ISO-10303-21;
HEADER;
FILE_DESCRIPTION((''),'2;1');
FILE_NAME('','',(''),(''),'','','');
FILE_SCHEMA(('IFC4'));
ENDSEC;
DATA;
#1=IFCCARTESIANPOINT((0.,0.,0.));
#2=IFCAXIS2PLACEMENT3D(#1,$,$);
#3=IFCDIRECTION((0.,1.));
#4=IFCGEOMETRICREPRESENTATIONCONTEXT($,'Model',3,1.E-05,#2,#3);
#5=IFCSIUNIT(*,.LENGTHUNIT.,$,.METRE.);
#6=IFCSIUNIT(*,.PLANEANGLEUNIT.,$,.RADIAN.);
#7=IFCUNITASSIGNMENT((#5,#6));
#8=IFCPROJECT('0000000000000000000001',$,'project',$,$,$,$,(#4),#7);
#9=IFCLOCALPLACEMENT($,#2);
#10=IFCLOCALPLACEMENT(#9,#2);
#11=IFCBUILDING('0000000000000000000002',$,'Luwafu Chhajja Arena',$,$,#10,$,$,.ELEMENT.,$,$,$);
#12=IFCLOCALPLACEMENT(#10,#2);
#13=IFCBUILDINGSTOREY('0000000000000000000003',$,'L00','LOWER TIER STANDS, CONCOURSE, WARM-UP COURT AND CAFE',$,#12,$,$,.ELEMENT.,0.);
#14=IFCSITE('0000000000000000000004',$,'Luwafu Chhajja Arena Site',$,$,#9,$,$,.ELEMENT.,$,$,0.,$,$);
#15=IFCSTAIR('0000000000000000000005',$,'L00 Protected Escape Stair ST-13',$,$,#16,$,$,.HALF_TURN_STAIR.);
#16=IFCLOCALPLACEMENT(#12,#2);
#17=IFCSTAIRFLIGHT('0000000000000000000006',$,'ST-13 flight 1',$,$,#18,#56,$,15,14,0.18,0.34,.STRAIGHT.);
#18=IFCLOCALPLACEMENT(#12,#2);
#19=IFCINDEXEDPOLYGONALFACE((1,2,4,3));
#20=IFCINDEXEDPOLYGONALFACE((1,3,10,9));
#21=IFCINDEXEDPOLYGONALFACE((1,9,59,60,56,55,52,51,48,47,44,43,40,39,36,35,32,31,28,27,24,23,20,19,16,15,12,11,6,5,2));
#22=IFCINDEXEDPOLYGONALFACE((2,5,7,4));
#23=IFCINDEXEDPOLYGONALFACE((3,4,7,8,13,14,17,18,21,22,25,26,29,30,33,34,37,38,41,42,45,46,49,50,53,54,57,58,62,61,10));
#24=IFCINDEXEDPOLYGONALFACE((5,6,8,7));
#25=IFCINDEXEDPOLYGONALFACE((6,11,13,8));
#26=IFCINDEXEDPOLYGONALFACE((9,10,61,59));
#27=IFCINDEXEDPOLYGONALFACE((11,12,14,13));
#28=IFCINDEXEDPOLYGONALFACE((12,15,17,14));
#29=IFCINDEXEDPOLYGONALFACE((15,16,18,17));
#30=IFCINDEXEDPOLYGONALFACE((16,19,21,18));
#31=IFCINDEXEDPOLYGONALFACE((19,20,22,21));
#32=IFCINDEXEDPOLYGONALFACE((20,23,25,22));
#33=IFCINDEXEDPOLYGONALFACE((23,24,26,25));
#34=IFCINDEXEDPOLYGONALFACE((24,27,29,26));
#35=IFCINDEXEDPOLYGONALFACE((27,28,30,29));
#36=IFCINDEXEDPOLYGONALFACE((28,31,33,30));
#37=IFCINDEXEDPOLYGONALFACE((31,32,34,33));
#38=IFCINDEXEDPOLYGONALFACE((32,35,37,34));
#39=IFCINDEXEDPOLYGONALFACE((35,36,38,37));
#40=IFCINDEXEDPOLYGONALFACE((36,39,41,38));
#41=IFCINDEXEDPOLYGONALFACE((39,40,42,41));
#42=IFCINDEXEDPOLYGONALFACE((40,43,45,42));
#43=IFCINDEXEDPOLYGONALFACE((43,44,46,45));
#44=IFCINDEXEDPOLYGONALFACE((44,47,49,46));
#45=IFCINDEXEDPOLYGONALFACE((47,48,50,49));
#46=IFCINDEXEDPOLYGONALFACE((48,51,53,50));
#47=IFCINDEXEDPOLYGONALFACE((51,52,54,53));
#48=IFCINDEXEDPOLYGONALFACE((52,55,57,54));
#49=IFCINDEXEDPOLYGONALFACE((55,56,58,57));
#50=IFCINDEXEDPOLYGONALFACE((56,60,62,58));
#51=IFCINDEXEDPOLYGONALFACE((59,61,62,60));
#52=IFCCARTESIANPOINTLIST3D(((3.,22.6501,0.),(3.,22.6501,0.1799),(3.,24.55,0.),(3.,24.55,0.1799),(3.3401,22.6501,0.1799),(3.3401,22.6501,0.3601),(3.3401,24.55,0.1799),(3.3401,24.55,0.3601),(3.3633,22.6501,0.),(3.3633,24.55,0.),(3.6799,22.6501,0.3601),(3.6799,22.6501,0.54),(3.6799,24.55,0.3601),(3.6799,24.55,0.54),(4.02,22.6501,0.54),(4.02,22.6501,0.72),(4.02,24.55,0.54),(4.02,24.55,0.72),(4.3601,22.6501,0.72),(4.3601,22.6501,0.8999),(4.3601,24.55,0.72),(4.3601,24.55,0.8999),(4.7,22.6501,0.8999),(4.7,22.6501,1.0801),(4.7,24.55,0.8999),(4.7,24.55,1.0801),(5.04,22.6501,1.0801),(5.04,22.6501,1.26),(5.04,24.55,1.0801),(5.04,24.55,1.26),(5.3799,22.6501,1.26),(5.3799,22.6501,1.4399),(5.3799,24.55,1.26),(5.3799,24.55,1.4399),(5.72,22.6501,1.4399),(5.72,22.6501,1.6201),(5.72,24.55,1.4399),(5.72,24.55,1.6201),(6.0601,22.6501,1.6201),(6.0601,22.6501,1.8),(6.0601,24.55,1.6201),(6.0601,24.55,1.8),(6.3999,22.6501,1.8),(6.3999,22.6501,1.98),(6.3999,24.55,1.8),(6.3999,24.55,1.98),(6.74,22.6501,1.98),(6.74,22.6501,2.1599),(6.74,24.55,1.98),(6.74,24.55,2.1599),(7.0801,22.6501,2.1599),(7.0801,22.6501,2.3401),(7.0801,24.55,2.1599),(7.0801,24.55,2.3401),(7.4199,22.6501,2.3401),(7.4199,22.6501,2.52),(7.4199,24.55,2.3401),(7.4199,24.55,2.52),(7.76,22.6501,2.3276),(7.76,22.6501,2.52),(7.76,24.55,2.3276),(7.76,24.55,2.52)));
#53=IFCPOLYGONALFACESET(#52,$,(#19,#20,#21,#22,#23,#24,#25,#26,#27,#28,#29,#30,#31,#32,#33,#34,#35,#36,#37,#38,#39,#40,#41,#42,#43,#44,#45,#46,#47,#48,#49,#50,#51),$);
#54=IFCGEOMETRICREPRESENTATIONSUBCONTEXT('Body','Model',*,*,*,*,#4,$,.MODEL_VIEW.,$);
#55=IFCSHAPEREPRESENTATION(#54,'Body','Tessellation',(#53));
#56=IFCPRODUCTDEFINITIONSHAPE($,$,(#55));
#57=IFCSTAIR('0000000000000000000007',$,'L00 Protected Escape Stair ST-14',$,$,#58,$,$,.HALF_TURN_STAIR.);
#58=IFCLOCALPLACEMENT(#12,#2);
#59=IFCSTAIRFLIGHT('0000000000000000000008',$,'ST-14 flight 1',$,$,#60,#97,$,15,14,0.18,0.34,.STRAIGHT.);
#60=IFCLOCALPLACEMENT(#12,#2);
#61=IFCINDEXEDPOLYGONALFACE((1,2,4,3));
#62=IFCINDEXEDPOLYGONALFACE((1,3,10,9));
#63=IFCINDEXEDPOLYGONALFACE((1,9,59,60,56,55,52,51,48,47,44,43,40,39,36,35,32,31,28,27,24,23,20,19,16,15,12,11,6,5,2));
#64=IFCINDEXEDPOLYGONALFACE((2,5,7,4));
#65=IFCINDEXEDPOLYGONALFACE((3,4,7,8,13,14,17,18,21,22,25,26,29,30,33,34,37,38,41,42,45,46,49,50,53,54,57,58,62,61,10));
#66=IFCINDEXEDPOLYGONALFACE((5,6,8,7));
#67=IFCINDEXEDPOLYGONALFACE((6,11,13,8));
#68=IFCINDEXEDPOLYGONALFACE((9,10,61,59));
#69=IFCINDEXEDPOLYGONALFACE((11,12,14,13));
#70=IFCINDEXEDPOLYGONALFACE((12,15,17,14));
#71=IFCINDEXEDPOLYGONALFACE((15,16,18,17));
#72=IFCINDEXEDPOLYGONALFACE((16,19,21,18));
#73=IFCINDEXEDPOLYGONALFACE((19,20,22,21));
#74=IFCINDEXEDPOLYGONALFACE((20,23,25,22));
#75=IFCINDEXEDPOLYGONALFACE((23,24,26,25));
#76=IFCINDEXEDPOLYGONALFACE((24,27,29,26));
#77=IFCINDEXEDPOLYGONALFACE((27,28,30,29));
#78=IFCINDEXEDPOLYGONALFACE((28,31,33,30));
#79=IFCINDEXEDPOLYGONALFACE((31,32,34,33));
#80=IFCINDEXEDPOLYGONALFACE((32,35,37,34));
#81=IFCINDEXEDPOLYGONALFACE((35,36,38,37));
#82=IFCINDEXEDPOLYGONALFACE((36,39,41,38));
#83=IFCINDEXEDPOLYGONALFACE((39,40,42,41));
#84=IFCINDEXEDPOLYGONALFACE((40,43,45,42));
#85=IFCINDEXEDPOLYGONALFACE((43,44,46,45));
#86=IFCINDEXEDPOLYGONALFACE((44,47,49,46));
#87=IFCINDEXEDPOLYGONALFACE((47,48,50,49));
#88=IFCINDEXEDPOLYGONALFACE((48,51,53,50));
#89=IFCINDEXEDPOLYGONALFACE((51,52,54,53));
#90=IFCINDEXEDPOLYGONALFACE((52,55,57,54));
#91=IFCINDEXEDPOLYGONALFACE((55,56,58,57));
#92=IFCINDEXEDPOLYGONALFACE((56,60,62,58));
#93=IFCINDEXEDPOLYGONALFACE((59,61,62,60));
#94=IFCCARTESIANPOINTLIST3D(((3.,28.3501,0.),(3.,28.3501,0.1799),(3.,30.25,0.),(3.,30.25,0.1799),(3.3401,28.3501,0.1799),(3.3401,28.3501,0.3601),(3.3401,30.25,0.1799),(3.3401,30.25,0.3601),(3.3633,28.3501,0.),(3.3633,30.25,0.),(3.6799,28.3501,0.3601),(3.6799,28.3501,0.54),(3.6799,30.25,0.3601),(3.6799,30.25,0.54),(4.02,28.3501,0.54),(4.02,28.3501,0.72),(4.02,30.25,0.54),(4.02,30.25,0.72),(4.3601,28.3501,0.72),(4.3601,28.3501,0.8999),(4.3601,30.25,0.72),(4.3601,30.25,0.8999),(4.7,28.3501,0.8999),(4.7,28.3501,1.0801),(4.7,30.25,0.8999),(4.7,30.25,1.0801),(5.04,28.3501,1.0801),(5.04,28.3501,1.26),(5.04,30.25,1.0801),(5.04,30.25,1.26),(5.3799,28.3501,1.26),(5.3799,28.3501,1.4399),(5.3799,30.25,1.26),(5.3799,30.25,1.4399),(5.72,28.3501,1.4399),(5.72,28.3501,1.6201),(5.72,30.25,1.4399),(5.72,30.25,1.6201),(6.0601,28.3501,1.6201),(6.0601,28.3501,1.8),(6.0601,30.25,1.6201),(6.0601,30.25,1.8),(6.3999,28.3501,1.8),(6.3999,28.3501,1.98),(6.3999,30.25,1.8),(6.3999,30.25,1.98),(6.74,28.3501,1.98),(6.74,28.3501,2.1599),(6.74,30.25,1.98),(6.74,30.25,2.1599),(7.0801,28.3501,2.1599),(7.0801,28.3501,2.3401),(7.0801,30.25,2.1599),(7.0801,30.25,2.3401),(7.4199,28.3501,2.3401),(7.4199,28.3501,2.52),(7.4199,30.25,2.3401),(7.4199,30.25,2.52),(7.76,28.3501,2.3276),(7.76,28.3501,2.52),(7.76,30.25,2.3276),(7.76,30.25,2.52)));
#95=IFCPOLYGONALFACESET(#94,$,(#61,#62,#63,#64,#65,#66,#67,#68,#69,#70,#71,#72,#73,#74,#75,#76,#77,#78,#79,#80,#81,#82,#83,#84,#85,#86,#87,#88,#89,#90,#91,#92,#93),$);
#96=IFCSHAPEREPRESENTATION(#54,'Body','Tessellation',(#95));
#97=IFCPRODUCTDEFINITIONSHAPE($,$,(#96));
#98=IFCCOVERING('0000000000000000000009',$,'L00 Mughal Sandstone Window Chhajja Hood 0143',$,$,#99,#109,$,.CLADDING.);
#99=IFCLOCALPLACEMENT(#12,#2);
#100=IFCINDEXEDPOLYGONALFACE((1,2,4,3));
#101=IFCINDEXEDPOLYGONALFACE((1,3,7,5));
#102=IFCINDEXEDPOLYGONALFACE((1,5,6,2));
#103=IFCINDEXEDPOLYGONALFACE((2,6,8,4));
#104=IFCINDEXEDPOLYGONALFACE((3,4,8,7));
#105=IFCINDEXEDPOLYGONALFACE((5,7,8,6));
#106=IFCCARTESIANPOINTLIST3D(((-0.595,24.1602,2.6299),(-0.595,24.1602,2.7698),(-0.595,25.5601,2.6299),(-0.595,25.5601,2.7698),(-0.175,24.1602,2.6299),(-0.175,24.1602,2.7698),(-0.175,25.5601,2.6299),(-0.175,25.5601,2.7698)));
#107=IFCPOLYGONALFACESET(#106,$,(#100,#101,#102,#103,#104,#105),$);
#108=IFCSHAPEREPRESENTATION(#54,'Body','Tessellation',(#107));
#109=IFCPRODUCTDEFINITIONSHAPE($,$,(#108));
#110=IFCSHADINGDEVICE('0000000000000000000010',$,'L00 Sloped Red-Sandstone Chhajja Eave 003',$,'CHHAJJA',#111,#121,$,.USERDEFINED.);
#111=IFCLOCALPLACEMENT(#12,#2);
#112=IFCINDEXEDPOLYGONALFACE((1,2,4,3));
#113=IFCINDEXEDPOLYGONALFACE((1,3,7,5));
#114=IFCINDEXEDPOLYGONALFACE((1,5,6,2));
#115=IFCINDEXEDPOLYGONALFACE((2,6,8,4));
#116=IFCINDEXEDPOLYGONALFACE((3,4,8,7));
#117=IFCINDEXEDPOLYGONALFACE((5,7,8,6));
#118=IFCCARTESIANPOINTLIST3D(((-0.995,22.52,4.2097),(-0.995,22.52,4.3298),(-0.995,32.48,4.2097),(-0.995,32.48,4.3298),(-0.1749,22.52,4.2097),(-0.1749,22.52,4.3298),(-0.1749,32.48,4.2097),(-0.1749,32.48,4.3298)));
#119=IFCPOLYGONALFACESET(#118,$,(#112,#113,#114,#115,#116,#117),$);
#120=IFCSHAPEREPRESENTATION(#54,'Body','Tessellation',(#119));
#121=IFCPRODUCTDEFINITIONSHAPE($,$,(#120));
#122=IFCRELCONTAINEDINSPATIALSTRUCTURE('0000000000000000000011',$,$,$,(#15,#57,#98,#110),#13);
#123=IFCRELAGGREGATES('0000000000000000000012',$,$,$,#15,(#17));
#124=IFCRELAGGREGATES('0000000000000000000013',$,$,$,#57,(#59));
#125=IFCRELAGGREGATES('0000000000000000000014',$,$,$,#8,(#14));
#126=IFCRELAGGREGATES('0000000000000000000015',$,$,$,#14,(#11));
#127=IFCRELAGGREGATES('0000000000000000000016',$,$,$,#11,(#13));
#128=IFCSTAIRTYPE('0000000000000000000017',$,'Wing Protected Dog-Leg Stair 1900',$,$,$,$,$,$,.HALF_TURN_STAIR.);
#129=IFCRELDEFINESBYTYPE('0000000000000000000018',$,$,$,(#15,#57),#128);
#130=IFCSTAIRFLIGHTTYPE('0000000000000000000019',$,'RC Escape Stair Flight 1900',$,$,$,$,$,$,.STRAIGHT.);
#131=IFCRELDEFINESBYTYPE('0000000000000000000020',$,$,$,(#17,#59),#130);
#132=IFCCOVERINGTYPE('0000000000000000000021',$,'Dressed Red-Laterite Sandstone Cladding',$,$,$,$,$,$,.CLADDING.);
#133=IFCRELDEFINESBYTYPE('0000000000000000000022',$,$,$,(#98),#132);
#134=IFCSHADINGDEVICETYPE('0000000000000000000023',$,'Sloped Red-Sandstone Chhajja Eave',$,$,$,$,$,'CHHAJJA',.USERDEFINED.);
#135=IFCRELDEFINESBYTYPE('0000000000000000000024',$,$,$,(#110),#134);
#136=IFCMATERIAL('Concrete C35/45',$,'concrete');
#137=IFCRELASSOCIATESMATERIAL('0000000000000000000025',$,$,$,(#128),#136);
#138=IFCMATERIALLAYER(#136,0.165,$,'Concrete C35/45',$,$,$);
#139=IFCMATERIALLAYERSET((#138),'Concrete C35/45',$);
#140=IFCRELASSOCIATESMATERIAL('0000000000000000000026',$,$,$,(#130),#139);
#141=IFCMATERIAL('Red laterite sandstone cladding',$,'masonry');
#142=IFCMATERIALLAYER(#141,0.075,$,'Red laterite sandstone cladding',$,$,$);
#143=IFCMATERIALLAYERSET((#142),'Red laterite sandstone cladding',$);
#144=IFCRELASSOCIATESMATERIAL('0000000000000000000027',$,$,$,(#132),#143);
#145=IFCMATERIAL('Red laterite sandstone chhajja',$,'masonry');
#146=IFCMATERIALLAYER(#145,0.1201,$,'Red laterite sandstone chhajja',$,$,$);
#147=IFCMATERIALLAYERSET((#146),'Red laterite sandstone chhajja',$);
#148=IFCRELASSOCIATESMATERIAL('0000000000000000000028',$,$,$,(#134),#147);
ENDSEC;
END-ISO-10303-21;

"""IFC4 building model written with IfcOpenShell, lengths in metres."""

from ifc_helpers import new_model, si_unit, direction, frame, origin, origin_2d, place, context, subcontext, project, spatial, polyline, rectangle, outline, extrude, material, layer, layer_set, type_object, element, aggregate, save


model = new_model("IFC4")

# Units and contexts
model_context = context("Model", 3, precision=1e-05, world=origin(), true_north=direction((0.0, 1.0)))
body_context = subcontext(model_context, "Body", "Model", "MODEL_VIEW")
ifc_project = project(units=[si_unit("LENGTHUNIT", "METRE"), si_unit("PLANEANGLEUNIT", "RADIAN")], contexts=[model_context])

# Site, building, storey
site_placement = place(None, origin())
site = spatial("IfcSite", under=ifc_project, at=site_placement, Name="Luwafu Chhajja Arena Site", CompositionType="ELEMENT", RefElevation=0.0)
building_placement = place(site_placement, origin())
building = spatial("IfcBuilding", under=site, at=building_placement, Name="Luwafu Chhajja Arena", CompositionType="ELEMENT")
storey_placement = place(building_placement, origin())
storey = spatial("IfcBuildingStorey", under=building, at=storey_placement, Name="L00", Description="LOWER TIER STANDS, CONCOURSE, WARM-UP COURT AND CAFE", CompositionType="ELEMENT", Elevation=0.0)

# Shared definitions
ifc_material_1 = material(Name="Concrete C35/45", Category="concrete")

# Stairs, stair flights
stair_type = type_object("IfcStairType", Name="Wing Protected Dog-Leg Stair 1900", PredefinedType="HALF_TURN_STAIR", material=ifc_material_1)
stair_1_placement = place(storey_placement, origin())
stair_1 = element("IfcStair", 1, at=stair_1_placement, inside=storey, type_object=stair_type, Name="L00 Protected Escape Stair ST-13", PredefinedType="HALF_TURN_STAIR")
ifc_layer_1 = layer(ifc_material_1, 0.165, Name="Concrete C35/45")
ifc_layer_set_1 = layer_set([ifc_layer_1], Name="Concrete C35/45")
stair_flight_type = type_object("IfcStairFlightType", Name="RC Escape Stair Flight 1900", PredefinedType="STRAIGHT", material=ifc_layer_set_1)
stair_flight_1_placement = place(storey_placement, frame((3.0, 23.6001, 0.0), z_axis=(0.0, 0.0, 1.0), x_axis=(1.0, 0.0, 0.0)))
stair_flight_1 = element("IfcStairFlight", 2, at=stair_flight_1_placement, type_object=stair_flight_type, Name="ST-13 flight 1", NumberOfRisers=15, NumberOfTreads=14, PredefinedType="STRAIGHT", RiserHeight=0.18, TreadLength=0.34, context=body_context, shape_type="SweptSolid", body=[
    extrude(outline(polyline([(0.0, 0.0), (0.0, 0.1799), (0.3401, 0.1799), (0.3401, 0.3601), (0.6799, 0.3601), (0.6799, 0.54), (1.02, 0.54), (1.02, 0.72), (1.3601, 0.72), (1.3601, 0.8999), (1.7, 0.8999), (1.7, 1.0801), (2.04, 1.0801), (2.04, 1.26), (2.3799, 1.26), (2.3799, 1.4399), (2.72, 1.4399), (2.72, 1.6201), (3.0601, 1.6201), (3.0601, 1.8), (3.3999, 1.8), (3.3999, 1.98), (3.74, 1.98), (3.74, 2.1599), (4.0801, 2.1599), (4.0801, 2.3401), (4.4199, 2.3401), (4.4199, 2.52), (4.76, 2.52), (4.76, 2.7), (4.76, 2.3276), (0.3633, 0.0), (0.0, 0.0)])), frame((0.0, 0.95, 0.0), z_axis=(0.0, -1.0, 0.0), x_axis=(1.0, 0.0, 0.0)), (0.0, 0.0, 1.0), 1.8999),
])
aggregate(stair_1, [stair_flight_1])
stair_2_placement = place(storey_placement, origin())
stair_2 = element("IfcStair", 3, at=stair_2_placement, inside=storey, type_object=stair_type, Name="L00 Protected Escape Stair ST-14", PredefinedType="HALF_TURN_STAIR")
stair_flight_2_placement = place(storey_placement, frame((3.0, 29.3, 0.0), z_axis=(0.0, 0.0, 1.0), x_axis=(1.0, 0.0, 0.0)))
stair_flight_2 = element("IfcStairFlight", 4, at=stair_flight_2_placement, type_object=stair_flight_type, Name="ST-14 flight 1", NumberOfRisers=15, NumberOfTreads=14, PredefinedType="STRAIGHT", RiserHeight=0.18, TreadLength=0.34, context=body_context, shape_type="SweptSolid", body=[
    extrude(outline(polyline([(0.0, 0.0), (0.0, 0.1799), (0.3401, 0.1799), (0.3401, 0.3601), (0.6799, 0.3601), (0.6799, 0.54), (1.02, 0.54), (1.02, 0.72), (1.3601, 0.72), (1.3601, 0.8999), (1.7, 0.8999), (1.7, 1.0801), (2.04, 1.0801), (2.04, 1.26), (2.3799, 1.26), (2.3799, 1.4399), (2.72, 1.4399), (2.72, 1.6201), (3.0601, 1.6201), (3.0601, 1.8), (3.3999, 1.8), (3.3999, 1.98), (3.74, 1.98), (3.74, 2.1599), (4.0801, 2.1599), (4.0801, 2.3401), (4.4199, 2.3401), (4.4199, 2.52), (4.76, 2.52), (4.76, 2.7), (4.76, 2.3276), (0.3633, 0.0), (0.0, 0.0)])), frame((0.0, 0.95, 0.0), z_axis=(0.0, -1.0, 0.0), x_axis=(1.0, 0.0, 0.0)), (0.0, 0.0, 1.0), 1.8999),
])
aggregate(stair_2, [stair_flight_2])

# Covering
ifc_material_2 = material(Name="Red laterite sandstone cladding", Category="masonry")
ifc_layer_2 = layer(ifc_material_2, 0.075, Name="Red laterite sandstone cladding")
ifc_layer_set_2 = layer_set([ifc_layer_2], Name="Red laterite sandstone cladding")
covering_type = type_object("IfcCoveringType", Name="Dressed Red-Laterite Sandstone Cladding", PredefinedType="CLADDING", material=ifc_layer_set_2)
covering_placement = place(storey_placement, frame((-0.385, 24.8601, 2.6299), z_axis=(0.0, 0.0, 1.0), x_axis=(0.0, 1.0, 0.0)))
element("IfcCovering", 5, at=covering_placement, inside=storey, type_object=covering_type, Name="L00 Mughal Sandstone Window Chhajja Hood 0143", PredefinedType="CLADDING", context=body_context, shape_type="SweptSolid", body=[
    extrude(rectangle(XDim=1.3999, YDim=0.4199, at=origin_2d()), origin(), (0.0, 0.0, 1.0), 0.1399),
])

# Shading device
ifc_material_3 = material(Name="Red laterite sandstone chhajja", Category="masonry")
ifc_layer_3 = layer(ifc_material_3, 0.1201, Name="Red laterite sandstone chhajja")
ifc_layer_set_3 = layer_set([ifc_layer_3], Name="Red laterite sandstone chhajja")
shading_device_type = type_object("IfcShadingDeviceType", Name="Sloped Red-Sandstone Chhajja Eave", ElementType="CHHAJJA", PredefinedType="USERDEFINED", material=ifc_layer_set_3)
shading_device_placement = place(storey_placement, frame((-0.585, 27.5, 4.2097), z_axis=(0.0, 0.0, 1.0), x_axis=(0.0, 1.0, 0.0)))
element("IfcShadingDevice", 6, at=shading_device_placement, inside=storey, type_object=shading_device_type, Name="L00 Sloped Red-Sandstone Chhajja Eave 003", ObjectType="CHHAJJA", PredefinedType="USERDEFINED", context=body_context, shape_type="SweptSolid", body=[
    extrude(rectangle(XDim=9.96, YDim=0.8201, at=origin_2d()), origin(), (0.0, 0.0, 1.0), 0.1201),
])

save(model, "model.ifc")
